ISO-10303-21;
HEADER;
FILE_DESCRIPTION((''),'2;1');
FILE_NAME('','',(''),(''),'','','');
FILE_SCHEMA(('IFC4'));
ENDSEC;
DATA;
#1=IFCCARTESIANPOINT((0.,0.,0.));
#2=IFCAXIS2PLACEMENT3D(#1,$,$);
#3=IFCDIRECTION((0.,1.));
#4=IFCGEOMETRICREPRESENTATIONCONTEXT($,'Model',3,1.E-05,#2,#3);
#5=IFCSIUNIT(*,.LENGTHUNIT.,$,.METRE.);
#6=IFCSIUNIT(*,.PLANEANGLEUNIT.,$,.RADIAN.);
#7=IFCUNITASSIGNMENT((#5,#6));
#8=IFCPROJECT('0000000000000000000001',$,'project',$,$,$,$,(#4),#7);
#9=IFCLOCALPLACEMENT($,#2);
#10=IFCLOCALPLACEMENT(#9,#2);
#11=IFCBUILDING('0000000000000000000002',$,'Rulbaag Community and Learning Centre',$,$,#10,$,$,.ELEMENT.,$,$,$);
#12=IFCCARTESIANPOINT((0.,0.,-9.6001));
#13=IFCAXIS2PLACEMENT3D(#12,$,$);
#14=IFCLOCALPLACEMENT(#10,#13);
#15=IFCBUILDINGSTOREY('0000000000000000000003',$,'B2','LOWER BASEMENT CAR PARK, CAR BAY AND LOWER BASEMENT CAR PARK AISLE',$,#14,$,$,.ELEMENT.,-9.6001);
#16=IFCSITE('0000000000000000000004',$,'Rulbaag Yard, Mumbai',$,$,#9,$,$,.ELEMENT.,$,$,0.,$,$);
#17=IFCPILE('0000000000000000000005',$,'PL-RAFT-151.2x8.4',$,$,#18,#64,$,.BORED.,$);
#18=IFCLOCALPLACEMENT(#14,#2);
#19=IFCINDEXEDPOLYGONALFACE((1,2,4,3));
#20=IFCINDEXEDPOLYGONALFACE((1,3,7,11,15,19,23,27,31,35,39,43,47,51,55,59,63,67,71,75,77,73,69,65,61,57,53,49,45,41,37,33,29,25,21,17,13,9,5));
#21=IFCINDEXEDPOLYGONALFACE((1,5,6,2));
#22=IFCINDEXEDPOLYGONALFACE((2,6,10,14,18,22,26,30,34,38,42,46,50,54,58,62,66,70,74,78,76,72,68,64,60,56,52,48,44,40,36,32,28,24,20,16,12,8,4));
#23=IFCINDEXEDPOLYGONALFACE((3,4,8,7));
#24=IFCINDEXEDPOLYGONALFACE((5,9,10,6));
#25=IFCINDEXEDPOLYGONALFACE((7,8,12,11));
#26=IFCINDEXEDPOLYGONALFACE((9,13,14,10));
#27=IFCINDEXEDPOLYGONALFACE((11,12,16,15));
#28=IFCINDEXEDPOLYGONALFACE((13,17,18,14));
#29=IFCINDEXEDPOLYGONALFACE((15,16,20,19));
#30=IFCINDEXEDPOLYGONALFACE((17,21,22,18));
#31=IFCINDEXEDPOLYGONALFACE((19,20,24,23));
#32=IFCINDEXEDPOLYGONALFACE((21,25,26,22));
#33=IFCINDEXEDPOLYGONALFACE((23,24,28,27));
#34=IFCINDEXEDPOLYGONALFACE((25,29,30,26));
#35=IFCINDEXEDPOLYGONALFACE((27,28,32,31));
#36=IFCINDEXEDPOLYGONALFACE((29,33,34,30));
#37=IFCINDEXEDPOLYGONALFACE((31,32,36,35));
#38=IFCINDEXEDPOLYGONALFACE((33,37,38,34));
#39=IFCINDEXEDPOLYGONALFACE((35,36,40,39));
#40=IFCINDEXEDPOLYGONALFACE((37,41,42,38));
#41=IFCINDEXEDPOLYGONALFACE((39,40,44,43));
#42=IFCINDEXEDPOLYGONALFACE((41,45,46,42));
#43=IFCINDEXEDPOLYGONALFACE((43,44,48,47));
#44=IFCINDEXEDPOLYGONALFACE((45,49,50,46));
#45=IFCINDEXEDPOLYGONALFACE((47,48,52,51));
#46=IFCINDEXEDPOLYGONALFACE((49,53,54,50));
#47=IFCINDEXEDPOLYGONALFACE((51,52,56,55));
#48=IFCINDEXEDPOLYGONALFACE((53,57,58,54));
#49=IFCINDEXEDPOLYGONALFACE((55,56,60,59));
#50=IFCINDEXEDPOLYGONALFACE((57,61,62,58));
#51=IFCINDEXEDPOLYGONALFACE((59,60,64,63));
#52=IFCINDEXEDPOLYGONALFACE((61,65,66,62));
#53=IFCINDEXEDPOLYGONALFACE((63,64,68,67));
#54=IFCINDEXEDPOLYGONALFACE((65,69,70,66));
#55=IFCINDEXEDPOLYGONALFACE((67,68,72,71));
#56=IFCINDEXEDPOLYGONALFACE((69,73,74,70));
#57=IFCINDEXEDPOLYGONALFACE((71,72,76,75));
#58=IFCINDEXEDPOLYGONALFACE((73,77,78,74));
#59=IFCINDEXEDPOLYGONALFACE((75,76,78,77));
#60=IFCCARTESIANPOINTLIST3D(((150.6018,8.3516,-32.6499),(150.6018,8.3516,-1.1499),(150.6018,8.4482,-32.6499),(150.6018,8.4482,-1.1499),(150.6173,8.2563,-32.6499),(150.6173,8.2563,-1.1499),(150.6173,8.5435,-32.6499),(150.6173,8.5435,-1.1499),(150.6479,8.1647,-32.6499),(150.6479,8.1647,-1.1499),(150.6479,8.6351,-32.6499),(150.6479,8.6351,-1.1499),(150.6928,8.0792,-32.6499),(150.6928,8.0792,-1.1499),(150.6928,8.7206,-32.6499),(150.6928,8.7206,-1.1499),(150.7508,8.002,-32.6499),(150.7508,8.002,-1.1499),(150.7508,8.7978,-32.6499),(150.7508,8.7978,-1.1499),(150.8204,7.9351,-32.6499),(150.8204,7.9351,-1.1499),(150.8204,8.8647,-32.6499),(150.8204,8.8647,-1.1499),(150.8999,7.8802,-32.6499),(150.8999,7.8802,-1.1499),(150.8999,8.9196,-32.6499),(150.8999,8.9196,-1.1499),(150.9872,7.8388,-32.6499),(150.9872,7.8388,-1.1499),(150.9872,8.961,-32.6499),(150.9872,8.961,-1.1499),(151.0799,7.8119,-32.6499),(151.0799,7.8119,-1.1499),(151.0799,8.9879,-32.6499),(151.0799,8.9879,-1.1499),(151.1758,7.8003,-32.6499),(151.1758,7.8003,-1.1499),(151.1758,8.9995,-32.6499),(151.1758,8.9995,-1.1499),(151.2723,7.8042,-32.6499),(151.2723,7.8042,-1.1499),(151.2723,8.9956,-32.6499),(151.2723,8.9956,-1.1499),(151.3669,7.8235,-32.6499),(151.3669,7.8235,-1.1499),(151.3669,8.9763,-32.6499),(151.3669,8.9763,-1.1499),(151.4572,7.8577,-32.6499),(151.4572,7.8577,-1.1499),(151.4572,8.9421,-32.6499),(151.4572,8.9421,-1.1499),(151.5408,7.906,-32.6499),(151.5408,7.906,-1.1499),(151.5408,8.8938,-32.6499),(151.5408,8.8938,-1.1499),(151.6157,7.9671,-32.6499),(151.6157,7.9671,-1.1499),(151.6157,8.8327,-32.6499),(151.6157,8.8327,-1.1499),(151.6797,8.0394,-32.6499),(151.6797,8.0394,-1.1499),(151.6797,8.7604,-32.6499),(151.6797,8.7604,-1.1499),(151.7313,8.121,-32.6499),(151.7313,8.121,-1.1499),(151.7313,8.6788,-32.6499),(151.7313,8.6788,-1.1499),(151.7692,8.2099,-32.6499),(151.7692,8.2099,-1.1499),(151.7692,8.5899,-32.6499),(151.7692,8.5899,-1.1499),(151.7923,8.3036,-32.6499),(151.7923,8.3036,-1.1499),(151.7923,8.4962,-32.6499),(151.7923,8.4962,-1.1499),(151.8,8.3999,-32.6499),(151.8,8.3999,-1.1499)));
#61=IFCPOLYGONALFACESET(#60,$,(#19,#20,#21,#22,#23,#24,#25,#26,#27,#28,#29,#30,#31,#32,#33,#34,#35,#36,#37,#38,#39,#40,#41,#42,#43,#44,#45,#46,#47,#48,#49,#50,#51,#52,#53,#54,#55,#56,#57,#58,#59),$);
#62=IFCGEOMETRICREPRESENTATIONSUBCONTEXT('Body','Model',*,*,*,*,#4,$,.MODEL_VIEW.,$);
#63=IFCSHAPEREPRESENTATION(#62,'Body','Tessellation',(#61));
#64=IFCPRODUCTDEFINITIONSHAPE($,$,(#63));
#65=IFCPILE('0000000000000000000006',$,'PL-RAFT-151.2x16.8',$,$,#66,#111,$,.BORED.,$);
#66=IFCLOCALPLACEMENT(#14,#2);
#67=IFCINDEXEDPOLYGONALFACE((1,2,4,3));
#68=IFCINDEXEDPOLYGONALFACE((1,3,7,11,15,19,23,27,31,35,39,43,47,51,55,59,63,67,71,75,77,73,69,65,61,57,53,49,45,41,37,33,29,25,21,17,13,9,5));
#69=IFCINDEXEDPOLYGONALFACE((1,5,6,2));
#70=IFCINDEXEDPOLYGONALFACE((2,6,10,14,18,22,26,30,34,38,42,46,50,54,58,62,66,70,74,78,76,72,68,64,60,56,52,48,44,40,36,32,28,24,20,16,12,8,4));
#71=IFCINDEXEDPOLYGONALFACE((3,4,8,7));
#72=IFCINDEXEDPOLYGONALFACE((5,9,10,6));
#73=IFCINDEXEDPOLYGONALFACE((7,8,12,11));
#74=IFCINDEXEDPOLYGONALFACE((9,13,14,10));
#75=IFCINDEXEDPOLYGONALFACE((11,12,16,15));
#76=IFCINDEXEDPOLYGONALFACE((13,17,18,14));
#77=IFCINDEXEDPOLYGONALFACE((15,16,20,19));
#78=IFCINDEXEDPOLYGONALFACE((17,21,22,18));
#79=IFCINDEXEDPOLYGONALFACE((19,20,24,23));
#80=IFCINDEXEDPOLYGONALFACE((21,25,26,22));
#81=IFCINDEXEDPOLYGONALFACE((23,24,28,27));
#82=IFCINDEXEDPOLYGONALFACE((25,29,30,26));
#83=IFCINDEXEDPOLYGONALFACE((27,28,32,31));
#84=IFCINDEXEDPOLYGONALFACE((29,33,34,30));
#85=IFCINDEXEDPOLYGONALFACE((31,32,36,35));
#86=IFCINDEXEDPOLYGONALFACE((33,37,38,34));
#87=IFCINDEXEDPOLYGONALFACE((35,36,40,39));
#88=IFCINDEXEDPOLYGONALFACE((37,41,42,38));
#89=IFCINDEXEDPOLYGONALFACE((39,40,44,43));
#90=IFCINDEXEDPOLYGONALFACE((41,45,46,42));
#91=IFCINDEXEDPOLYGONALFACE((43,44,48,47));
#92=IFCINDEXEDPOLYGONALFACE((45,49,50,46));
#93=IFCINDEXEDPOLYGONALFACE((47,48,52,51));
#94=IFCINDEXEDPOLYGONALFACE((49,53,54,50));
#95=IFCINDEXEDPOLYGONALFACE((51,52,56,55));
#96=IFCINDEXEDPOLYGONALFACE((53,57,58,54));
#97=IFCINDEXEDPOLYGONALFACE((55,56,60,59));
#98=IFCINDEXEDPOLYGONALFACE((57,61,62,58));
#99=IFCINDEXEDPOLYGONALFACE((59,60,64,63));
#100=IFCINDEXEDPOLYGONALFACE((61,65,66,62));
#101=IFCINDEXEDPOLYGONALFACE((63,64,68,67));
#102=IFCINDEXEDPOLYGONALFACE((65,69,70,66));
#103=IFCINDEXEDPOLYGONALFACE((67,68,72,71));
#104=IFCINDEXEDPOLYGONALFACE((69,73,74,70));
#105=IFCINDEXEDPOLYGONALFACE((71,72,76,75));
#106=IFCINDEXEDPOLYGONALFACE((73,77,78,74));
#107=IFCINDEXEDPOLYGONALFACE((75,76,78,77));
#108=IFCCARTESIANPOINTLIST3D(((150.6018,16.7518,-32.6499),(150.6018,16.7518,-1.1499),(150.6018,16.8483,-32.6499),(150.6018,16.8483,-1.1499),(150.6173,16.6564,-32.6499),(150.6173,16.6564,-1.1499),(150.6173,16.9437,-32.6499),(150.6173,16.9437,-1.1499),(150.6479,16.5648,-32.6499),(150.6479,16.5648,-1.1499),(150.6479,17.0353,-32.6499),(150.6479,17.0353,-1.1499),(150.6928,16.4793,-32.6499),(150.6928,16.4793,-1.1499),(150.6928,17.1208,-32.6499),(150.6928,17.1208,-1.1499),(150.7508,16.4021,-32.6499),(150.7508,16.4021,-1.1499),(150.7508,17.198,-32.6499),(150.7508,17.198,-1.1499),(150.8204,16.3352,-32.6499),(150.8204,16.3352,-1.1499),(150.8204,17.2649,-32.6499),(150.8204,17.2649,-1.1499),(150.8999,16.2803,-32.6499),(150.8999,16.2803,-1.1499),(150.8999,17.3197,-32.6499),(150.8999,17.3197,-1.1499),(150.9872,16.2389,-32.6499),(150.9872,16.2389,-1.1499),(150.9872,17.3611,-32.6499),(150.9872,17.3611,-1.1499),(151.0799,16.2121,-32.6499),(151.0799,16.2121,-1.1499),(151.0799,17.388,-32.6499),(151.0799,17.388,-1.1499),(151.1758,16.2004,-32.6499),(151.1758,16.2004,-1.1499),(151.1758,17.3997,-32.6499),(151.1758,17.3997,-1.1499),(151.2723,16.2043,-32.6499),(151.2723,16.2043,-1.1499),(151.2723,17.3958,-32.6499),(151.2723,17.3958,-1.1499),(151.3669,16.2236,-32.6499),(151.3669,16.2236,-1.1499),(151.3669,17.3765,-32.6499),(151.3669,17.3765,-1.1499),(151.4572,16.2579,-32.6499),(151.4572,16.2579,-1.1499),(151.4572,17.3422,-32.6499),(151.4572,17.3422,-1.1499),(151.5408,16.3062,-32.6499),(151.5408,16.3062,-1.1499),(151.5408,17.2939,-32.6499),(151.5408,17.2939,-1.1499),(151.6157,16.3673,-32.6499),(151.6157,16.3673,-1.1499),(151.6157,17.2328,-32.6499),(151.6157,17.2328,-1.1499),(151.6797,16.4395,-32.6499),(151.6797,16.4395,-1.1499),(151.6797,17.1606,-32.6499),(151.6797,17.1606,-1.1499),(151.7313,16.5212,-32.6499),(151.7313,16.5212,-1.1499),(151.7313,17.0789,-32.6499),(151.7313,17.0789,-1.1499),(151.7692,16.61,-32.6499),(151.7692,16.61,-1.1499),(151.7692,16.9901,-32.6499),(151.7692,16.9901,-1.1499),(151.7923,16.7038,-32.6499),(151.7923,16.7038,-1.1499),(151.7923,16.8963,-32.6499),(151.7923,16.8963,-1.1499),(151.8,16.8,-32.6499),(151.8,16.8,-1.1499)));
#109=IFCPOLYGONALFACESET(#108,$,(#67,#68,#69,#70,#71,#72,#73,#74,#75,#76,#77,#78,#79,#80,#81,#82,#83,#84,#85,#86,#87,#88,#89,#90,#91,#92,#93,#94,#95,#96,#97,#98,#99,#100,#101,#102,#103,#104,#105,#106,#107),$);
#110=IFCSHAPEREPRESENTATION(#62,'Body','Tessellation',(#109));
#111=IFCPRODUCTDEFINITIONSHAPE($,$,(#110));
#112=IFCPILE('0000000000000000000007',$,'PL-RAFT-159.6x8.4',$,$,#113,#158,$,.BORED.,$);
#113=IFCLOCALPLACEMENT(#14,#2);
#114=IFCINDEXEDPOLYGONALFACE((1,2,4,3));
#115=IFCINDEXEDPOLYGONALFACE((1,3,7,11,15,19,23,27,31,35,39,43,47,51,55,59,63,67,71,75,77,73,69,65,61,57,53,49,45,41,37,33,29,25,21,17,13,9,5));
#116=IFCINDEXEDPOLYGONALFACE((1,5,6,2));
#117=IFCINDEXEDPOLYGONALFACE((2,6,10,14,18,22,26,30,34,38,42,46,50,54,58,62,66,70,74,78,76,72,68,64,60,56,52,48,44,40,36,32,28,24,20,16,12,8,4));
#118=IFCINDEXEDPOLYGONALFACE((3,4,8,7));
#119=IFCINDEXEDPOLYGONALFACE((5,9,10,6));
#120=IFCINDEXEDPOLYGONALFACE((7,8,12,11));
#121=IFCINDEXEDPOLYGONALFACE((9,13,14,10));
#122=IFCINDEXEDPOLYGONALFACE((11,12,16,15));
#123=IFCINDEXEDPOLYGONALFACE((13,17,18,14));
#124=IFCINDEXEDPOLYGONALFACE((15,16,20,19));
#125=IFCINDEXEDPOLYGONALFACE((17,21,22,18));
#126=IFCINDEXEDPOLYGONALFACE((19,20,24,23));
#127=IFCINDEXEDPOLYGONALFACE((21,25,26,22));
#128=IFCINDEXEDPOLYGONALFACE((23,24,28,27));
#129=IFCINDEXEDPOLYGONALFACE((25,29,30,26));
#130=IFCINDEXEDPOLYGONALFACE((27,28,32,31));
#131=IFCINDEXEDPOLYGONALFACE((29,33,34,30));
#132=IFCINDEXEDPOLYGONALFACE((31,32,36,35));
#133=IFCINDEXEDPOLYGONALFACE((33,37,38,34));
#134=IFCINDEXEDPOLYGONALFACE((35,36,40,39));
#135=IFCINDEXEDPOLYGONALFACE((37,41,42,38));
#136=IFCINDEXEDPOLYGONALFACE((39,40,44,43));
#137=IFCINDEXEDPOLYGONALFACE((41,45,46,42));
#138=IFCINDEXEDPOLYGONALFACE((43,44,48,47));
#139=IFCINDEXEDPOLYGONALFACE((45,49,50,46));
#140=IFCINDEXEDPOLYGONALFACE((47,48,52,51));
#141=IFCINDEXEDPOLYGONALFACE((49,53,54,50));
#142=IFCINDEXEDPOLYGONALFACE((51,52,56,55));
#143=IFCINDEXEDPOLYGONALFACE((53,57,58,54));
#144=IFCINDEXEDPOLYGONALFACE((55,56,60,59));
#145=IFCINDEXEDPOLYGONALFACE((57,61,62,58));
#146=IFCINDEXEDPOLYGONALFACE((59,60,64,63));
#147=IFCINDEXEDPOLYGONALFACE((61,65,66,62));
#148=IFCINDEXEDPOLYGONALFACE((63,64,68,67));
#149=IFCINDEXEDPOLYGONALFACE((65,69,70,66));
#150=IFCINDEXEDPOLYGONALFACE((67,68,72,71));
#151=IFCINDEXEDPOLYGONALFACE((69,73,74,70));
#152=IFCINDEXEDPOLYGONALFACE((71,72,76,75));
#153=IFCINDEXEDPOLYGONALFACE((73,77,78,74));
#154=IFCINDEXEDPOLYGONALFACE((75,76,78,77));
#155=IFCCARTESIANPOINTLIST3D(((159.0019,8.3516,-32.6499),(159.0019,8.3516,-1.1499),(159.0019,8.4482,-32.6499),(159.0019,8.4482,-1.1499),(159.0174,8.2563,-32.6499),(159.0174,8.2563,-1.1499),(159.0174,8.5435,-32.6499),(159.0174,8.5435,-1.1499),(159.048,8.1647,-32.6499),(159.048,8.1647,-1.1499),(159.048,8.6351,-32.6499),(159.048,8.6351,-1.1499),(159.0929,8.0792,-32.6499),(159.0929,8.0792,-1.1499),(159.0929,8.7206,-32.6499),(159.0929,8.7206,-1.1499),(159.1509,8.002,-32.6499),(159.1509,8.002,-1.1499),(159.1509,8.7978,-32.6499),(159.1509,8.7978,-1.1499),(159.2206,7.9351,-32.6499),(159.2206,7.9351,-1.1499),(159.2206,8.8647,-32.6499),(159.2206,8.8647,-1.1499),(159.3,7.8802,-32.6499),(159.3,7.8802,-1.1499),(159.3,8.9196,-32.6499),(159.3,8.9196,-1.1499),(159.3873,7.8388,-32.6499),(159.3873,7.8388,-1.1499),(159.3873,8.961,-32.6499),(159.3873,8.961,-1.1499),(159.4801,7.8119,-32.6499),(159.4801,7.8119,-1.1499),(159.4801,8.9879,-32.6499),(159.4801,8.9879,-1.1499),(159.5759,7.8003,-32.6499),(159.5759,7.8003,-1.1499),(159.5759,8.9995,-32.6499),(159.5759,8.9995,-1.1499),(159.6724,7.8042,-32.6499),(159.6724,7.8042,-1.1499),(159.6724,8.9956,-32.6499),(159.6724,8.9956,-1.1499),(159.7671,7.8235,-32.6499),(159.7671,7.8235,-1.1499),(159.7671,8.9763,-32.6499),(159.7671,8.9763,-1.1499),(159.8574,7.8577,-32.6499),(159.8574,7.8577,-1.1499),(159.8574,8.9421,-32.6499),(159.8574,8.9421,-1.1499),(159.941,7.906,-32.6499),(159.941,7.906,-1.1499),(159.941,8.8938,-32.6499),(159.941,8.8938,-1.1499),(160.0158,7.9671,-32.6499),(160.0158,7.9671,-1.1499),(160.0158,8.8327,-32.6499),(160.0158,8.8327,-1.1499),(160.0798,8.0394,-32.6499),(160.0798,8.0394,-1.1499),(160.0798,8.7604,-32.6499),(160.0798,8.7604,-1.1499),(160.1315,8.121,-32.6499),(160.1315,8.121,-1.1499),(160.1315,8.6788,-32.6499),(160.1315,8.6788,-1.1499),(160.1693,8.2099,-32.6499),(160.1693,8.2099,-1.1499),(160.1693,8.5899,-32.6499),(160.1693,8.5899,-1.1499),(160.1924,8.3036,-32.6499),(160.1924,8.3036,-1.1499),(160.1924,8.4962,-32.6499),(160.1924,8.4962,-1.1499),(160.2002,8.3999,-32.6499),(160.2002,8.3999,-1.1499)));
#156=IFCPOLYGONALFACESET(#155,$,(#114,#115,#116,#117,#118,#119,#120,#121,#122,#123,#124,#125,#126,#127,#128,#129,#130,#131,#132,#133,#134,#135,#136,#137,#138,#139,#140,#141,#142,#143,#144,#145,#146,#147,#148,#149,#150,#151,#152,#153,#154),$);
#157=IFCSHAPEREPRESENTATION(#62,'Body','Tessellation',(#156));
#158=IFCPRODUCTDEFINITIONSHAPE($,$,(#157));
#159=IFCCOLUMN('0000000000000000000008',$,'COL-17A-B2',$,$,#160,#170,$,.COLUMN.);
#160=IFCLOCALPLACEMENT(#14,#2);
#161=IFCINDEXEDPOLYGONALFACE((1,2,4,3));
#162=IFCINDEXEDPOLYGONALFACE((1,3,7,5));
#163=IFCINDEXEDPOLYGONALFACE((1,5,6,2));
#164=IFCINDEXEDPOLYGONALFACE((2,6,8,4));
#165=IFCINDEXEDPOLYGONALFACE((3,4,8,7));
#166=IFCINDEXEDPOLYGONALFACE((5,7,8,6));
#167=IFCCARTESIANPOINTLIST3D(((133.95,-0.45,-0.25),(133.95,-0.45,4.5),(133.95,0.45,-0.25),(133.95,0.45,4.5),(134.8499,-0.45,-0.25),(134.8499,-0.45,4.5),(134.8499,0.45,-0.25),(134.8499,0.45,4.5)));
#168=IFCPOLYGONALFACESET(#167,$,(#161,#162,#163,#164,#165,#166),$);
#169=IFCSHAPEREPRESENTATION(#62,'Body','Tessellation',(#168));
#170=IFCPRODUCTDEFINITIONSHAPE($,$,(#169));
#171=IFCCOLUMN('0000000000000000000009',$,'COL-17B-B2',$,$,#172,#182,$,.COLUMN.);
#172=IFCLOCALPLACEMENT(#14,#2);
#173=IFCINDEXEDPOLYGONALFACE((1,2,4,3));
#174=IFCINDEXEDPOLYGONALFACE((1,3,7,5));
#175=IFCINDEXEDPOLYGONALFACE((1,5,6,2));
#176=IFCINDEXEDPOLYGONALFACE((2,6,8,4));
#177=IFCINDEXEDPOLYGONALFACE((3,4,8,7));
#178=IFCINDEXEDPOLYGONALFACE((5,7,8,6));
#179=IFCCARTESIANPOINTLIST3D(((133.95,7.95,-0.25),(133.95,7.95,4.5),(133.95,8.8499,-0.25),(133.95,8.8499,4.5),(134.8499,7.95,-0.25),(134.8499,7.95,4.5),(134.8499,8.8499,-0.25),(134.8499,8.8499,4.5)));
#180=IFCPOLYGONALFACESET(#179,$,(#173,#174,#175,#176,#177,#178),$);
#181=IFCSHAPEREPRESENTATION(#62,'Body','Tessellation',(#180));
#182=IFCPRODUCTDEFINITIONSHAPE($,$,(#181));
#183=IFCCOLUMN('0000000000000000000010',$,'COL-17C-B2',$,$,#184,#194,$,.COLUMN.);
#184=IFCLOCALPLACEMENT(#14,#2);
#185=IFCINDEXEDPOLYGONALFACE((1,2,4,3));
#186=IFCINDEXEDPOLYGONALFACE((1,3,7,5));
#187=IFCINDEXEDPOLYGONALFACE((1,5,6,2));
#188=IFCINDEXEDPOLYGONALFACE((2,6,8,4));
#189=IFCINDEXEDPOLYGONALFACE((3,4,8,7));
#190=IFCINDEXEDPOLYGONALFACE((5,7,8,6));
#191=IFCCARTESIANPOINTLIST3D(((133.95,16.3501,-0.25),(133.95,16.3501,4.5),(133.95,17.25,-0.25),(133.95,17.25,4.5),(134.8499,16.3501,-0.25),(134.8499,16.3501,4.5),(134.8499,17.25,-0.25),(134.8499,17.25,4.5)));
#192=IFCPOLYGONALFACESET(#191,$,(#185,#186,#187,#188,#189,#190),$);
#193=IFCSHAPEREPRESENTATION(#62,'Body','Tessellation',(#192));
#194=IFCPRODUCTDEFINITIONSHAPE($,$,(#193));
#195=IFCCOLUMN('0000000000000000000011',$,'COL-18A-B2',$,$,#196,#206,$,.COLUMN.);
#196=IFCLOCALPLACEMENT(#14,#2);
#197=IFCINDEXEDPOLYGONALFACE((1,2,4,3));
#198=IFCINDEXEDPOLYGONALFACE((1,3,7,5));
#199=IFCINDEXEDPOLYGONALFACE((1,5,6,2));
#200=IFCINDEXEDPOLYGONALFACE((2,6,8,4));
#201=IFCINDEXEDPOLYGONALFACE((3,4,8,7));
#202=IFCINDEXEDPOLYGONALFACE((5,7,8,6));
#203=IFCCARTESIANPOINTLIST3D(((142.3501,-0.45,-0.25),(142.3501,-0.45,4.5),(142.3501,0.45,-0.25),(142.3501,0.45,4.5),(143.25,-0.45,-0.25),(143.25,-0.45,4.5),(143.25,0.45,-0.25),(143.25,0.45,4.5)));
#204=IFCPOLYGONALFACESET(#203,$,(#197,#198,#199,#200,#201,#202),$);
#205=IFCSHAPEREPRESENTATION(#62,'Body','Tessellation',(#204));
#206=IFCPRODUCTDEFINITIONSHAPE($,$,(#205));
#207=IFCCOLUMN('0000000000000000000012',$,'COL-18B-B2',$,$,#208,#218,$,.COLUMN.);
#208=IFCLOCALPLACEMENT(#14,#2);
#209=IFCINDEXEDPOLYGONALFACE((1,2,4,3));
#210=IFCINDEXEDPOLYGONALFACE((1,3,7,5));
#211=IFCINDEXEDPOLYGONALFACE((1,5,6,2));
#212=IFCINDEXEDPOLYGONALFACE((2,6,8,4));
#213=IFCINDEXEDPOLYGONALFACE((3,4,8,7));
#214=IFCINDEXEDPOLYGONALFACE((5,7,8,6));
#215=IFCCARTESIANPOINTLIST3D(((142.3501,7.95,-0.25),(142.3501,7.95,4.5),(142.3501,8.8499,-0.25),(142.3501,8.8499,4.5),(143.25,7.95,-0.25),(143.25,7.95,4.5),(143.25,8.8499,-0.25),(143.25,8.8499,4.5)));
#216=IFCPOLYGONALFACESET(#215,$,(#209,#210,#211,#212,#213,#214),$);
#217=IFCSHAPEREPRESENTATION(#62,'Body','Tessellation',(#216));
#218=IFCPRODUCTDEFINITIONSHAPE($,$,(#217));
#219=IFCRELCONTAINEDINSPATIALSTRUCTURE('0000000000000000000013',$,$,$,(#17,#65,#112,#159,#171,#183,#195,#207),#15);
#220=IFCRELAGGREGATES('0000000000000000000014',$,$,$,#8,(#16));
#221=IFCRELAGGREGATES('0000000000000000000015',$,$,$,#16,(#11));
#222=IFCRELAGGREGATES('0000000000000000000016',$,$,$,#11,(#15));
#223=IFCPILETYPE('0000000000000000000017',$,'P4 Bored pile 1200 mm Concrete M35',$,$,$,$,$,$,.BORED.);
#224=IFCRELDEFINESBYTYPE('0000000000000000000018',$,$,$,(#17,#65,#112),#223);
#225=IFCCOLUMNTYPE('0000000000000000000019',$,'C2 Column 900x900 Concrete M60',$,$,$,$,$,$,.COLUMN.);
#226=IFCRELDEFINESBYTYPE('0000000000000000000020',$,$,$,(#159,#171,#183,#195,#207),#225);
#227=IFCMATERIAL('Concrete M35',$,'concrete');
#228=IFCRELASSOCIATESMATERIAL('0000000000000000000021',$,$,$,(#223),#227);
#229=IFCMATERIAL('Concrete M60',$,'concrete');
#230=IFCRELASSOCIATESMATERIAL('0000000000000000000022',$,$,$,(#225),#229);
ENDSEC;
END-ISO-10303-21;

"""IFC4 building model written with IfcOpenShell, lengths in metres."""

from ifc_helpers import new_model, si_unit, direction, frame, origin, origin_2d, place, context, subcontext, project, spatial, rectangle, circle, extrude, material, material_profile, profile_set, type_object, element, save


model = new_model("IFC4")

# Units and contexts
model_context = context("Model", 3, precision=1e-05, world=origin(), true_north=direction((0.0, 1.0)))
body_context = subcontext(model_context, "Body", "Model", "MODEL_VIEW")
ifc_project = project(units=[si_unit("LENGTHUNIT", "METRE"), si_unit("PLANEANGLEUNIT", "RADIAN")], contexts=[model_context])

# Site, building, storey
site_placement = place(None, origin())
site = spatial("IfcSite", under=ifc_project, at=site_placement, Name="Rulbaag Yard, Mumbai", CompositionType="ELEMENT", RefElevation=0.0)
building_placement = place(site_placement, origin())
building = spatial("IfcBuilding", under=site, at=building_placement, Name="Rulbaag Community and Learning Centre", CompositionType="ELEMENT")
storey_placement = place(building_placement, frame((0.0, 0.0, -9.6001)))
storey = spatial("IfcBuildingStorey", under=building, at=storey_placement, Name="B2", Description="LOWER BASEMENT CAR PARK, CAR BAY AND LOWER BASEMENT CAR PARK AISLE", CompositionType="ELEMENT", Elevation=-9.6001)

# Piles
ifc_material_1 = material(Name="Concrete M35", Category="concrete")
ifc_material_profile_1 = material_profile(ifc_material_1, circle(Radius=0.6001, at=origin_2d()), Name="BP1200")
ifc_profile_set_1 = profile_set([ifc_material_profile_1], Name="Concrete M35")
pile_type_1 = type_object("IfcPileType", Name="P4 Bored pile 1200 mm Concrete M35", PredefinedType="BORED", material=ifc_profile_set_1)
for number, where, z_axis, x_axis, name in (
    (1, (151.2, 8.3999, -1.1499), (0.0, 0.0, -1.0), (1.0, 0.0, 0.0), "PL-RAFT-151.2x8.4"),
    (2, (151.2, 16.8, -1.1499), (0.0, 0.0, -1.0), (1.0, 0.0, 0.0), "PL-RAFT-151.2x16.8"),
    (3, (159.6001, 8.3999, -1.1499), (0.0, 0.0, -1.0), (1.0, 0.0, 0.0), "PL-RAFT-159.6x8.4"),
):
    element("IfcPile", number, at=place(storey_placement, frame(where, z_axis=z_axis, x_axis=x_axis)), inside=storey, type_object=pile_type_1, Name=name, PredefinedType="BORED", context=body_context, shape_type="SweptSolid", body=[
        extrude(circle(Radius=0.6001, at=origin_2d()), origin(), (0.0, 0.0, 1.0), 31.5),
    ])

# Columns
ifc_material_2 = material(Name="Concrete M60", Category="concrete")
ifc_material_profile_2 = material_profile(ifc_material_2, rectangle(XDim=0.8999, YDim=0.8999, at=origin_2d()), Name="RC900x900")
ifc_profile_set_2 = profile_set([ifc_material_profile_2], Name="Concrete M60")
column_type = type_object("IfcColumnType", Name="C2 Column 900x900 Concrete M60", PredefinedType="COLUMN", material=ifc_profile_set_2)
for number, where, z_axis, x_axis, name in (
    (4, (134.3999, 0.0, -0.25), (0.0, 0.0, 1.0), (1.0, 0.0, 0.0), "COL-17A-B2"),
    (5, (134.3999, 8.3999, -0.25), (0.0, 0.0, 1.0), (1.0, 0.0, 0.0), "COL-17B-B2"),
    (6, (134.3999, 16.8, -0.25), (0.0, 0.0, 1.0), (1.0, 0.0, 0.0), "COL-17C-B2"),
    (7, (142.8, 0.0, -0.25), (0.0, 0.0, 1.0), (1.0, 0.0, 0.0), "COL-18A-B2"),
    (8, (142.8, 8.3999, -0.25), (0.0, 0.0, 1.0), (1.0, 0.0, 0.0), "COL-18B-B2"),
):
    element("IfcColumn", number, at=place(storey_placement, frame(where, z_axis=z_axis, x_axis=x_axis)), inside=storey, type_object=column_type, Name=name, PredefinedType="COLUMN", context=body_context, shape_type="SweptSolid", body=[
        extrude(rectangle(XDim=0.8999, YDim=0.8999, at=origin_2d()), origin(), (0.0, 0.0, 1.0), 4.75),
    ])

save(model, "model.ifc")
